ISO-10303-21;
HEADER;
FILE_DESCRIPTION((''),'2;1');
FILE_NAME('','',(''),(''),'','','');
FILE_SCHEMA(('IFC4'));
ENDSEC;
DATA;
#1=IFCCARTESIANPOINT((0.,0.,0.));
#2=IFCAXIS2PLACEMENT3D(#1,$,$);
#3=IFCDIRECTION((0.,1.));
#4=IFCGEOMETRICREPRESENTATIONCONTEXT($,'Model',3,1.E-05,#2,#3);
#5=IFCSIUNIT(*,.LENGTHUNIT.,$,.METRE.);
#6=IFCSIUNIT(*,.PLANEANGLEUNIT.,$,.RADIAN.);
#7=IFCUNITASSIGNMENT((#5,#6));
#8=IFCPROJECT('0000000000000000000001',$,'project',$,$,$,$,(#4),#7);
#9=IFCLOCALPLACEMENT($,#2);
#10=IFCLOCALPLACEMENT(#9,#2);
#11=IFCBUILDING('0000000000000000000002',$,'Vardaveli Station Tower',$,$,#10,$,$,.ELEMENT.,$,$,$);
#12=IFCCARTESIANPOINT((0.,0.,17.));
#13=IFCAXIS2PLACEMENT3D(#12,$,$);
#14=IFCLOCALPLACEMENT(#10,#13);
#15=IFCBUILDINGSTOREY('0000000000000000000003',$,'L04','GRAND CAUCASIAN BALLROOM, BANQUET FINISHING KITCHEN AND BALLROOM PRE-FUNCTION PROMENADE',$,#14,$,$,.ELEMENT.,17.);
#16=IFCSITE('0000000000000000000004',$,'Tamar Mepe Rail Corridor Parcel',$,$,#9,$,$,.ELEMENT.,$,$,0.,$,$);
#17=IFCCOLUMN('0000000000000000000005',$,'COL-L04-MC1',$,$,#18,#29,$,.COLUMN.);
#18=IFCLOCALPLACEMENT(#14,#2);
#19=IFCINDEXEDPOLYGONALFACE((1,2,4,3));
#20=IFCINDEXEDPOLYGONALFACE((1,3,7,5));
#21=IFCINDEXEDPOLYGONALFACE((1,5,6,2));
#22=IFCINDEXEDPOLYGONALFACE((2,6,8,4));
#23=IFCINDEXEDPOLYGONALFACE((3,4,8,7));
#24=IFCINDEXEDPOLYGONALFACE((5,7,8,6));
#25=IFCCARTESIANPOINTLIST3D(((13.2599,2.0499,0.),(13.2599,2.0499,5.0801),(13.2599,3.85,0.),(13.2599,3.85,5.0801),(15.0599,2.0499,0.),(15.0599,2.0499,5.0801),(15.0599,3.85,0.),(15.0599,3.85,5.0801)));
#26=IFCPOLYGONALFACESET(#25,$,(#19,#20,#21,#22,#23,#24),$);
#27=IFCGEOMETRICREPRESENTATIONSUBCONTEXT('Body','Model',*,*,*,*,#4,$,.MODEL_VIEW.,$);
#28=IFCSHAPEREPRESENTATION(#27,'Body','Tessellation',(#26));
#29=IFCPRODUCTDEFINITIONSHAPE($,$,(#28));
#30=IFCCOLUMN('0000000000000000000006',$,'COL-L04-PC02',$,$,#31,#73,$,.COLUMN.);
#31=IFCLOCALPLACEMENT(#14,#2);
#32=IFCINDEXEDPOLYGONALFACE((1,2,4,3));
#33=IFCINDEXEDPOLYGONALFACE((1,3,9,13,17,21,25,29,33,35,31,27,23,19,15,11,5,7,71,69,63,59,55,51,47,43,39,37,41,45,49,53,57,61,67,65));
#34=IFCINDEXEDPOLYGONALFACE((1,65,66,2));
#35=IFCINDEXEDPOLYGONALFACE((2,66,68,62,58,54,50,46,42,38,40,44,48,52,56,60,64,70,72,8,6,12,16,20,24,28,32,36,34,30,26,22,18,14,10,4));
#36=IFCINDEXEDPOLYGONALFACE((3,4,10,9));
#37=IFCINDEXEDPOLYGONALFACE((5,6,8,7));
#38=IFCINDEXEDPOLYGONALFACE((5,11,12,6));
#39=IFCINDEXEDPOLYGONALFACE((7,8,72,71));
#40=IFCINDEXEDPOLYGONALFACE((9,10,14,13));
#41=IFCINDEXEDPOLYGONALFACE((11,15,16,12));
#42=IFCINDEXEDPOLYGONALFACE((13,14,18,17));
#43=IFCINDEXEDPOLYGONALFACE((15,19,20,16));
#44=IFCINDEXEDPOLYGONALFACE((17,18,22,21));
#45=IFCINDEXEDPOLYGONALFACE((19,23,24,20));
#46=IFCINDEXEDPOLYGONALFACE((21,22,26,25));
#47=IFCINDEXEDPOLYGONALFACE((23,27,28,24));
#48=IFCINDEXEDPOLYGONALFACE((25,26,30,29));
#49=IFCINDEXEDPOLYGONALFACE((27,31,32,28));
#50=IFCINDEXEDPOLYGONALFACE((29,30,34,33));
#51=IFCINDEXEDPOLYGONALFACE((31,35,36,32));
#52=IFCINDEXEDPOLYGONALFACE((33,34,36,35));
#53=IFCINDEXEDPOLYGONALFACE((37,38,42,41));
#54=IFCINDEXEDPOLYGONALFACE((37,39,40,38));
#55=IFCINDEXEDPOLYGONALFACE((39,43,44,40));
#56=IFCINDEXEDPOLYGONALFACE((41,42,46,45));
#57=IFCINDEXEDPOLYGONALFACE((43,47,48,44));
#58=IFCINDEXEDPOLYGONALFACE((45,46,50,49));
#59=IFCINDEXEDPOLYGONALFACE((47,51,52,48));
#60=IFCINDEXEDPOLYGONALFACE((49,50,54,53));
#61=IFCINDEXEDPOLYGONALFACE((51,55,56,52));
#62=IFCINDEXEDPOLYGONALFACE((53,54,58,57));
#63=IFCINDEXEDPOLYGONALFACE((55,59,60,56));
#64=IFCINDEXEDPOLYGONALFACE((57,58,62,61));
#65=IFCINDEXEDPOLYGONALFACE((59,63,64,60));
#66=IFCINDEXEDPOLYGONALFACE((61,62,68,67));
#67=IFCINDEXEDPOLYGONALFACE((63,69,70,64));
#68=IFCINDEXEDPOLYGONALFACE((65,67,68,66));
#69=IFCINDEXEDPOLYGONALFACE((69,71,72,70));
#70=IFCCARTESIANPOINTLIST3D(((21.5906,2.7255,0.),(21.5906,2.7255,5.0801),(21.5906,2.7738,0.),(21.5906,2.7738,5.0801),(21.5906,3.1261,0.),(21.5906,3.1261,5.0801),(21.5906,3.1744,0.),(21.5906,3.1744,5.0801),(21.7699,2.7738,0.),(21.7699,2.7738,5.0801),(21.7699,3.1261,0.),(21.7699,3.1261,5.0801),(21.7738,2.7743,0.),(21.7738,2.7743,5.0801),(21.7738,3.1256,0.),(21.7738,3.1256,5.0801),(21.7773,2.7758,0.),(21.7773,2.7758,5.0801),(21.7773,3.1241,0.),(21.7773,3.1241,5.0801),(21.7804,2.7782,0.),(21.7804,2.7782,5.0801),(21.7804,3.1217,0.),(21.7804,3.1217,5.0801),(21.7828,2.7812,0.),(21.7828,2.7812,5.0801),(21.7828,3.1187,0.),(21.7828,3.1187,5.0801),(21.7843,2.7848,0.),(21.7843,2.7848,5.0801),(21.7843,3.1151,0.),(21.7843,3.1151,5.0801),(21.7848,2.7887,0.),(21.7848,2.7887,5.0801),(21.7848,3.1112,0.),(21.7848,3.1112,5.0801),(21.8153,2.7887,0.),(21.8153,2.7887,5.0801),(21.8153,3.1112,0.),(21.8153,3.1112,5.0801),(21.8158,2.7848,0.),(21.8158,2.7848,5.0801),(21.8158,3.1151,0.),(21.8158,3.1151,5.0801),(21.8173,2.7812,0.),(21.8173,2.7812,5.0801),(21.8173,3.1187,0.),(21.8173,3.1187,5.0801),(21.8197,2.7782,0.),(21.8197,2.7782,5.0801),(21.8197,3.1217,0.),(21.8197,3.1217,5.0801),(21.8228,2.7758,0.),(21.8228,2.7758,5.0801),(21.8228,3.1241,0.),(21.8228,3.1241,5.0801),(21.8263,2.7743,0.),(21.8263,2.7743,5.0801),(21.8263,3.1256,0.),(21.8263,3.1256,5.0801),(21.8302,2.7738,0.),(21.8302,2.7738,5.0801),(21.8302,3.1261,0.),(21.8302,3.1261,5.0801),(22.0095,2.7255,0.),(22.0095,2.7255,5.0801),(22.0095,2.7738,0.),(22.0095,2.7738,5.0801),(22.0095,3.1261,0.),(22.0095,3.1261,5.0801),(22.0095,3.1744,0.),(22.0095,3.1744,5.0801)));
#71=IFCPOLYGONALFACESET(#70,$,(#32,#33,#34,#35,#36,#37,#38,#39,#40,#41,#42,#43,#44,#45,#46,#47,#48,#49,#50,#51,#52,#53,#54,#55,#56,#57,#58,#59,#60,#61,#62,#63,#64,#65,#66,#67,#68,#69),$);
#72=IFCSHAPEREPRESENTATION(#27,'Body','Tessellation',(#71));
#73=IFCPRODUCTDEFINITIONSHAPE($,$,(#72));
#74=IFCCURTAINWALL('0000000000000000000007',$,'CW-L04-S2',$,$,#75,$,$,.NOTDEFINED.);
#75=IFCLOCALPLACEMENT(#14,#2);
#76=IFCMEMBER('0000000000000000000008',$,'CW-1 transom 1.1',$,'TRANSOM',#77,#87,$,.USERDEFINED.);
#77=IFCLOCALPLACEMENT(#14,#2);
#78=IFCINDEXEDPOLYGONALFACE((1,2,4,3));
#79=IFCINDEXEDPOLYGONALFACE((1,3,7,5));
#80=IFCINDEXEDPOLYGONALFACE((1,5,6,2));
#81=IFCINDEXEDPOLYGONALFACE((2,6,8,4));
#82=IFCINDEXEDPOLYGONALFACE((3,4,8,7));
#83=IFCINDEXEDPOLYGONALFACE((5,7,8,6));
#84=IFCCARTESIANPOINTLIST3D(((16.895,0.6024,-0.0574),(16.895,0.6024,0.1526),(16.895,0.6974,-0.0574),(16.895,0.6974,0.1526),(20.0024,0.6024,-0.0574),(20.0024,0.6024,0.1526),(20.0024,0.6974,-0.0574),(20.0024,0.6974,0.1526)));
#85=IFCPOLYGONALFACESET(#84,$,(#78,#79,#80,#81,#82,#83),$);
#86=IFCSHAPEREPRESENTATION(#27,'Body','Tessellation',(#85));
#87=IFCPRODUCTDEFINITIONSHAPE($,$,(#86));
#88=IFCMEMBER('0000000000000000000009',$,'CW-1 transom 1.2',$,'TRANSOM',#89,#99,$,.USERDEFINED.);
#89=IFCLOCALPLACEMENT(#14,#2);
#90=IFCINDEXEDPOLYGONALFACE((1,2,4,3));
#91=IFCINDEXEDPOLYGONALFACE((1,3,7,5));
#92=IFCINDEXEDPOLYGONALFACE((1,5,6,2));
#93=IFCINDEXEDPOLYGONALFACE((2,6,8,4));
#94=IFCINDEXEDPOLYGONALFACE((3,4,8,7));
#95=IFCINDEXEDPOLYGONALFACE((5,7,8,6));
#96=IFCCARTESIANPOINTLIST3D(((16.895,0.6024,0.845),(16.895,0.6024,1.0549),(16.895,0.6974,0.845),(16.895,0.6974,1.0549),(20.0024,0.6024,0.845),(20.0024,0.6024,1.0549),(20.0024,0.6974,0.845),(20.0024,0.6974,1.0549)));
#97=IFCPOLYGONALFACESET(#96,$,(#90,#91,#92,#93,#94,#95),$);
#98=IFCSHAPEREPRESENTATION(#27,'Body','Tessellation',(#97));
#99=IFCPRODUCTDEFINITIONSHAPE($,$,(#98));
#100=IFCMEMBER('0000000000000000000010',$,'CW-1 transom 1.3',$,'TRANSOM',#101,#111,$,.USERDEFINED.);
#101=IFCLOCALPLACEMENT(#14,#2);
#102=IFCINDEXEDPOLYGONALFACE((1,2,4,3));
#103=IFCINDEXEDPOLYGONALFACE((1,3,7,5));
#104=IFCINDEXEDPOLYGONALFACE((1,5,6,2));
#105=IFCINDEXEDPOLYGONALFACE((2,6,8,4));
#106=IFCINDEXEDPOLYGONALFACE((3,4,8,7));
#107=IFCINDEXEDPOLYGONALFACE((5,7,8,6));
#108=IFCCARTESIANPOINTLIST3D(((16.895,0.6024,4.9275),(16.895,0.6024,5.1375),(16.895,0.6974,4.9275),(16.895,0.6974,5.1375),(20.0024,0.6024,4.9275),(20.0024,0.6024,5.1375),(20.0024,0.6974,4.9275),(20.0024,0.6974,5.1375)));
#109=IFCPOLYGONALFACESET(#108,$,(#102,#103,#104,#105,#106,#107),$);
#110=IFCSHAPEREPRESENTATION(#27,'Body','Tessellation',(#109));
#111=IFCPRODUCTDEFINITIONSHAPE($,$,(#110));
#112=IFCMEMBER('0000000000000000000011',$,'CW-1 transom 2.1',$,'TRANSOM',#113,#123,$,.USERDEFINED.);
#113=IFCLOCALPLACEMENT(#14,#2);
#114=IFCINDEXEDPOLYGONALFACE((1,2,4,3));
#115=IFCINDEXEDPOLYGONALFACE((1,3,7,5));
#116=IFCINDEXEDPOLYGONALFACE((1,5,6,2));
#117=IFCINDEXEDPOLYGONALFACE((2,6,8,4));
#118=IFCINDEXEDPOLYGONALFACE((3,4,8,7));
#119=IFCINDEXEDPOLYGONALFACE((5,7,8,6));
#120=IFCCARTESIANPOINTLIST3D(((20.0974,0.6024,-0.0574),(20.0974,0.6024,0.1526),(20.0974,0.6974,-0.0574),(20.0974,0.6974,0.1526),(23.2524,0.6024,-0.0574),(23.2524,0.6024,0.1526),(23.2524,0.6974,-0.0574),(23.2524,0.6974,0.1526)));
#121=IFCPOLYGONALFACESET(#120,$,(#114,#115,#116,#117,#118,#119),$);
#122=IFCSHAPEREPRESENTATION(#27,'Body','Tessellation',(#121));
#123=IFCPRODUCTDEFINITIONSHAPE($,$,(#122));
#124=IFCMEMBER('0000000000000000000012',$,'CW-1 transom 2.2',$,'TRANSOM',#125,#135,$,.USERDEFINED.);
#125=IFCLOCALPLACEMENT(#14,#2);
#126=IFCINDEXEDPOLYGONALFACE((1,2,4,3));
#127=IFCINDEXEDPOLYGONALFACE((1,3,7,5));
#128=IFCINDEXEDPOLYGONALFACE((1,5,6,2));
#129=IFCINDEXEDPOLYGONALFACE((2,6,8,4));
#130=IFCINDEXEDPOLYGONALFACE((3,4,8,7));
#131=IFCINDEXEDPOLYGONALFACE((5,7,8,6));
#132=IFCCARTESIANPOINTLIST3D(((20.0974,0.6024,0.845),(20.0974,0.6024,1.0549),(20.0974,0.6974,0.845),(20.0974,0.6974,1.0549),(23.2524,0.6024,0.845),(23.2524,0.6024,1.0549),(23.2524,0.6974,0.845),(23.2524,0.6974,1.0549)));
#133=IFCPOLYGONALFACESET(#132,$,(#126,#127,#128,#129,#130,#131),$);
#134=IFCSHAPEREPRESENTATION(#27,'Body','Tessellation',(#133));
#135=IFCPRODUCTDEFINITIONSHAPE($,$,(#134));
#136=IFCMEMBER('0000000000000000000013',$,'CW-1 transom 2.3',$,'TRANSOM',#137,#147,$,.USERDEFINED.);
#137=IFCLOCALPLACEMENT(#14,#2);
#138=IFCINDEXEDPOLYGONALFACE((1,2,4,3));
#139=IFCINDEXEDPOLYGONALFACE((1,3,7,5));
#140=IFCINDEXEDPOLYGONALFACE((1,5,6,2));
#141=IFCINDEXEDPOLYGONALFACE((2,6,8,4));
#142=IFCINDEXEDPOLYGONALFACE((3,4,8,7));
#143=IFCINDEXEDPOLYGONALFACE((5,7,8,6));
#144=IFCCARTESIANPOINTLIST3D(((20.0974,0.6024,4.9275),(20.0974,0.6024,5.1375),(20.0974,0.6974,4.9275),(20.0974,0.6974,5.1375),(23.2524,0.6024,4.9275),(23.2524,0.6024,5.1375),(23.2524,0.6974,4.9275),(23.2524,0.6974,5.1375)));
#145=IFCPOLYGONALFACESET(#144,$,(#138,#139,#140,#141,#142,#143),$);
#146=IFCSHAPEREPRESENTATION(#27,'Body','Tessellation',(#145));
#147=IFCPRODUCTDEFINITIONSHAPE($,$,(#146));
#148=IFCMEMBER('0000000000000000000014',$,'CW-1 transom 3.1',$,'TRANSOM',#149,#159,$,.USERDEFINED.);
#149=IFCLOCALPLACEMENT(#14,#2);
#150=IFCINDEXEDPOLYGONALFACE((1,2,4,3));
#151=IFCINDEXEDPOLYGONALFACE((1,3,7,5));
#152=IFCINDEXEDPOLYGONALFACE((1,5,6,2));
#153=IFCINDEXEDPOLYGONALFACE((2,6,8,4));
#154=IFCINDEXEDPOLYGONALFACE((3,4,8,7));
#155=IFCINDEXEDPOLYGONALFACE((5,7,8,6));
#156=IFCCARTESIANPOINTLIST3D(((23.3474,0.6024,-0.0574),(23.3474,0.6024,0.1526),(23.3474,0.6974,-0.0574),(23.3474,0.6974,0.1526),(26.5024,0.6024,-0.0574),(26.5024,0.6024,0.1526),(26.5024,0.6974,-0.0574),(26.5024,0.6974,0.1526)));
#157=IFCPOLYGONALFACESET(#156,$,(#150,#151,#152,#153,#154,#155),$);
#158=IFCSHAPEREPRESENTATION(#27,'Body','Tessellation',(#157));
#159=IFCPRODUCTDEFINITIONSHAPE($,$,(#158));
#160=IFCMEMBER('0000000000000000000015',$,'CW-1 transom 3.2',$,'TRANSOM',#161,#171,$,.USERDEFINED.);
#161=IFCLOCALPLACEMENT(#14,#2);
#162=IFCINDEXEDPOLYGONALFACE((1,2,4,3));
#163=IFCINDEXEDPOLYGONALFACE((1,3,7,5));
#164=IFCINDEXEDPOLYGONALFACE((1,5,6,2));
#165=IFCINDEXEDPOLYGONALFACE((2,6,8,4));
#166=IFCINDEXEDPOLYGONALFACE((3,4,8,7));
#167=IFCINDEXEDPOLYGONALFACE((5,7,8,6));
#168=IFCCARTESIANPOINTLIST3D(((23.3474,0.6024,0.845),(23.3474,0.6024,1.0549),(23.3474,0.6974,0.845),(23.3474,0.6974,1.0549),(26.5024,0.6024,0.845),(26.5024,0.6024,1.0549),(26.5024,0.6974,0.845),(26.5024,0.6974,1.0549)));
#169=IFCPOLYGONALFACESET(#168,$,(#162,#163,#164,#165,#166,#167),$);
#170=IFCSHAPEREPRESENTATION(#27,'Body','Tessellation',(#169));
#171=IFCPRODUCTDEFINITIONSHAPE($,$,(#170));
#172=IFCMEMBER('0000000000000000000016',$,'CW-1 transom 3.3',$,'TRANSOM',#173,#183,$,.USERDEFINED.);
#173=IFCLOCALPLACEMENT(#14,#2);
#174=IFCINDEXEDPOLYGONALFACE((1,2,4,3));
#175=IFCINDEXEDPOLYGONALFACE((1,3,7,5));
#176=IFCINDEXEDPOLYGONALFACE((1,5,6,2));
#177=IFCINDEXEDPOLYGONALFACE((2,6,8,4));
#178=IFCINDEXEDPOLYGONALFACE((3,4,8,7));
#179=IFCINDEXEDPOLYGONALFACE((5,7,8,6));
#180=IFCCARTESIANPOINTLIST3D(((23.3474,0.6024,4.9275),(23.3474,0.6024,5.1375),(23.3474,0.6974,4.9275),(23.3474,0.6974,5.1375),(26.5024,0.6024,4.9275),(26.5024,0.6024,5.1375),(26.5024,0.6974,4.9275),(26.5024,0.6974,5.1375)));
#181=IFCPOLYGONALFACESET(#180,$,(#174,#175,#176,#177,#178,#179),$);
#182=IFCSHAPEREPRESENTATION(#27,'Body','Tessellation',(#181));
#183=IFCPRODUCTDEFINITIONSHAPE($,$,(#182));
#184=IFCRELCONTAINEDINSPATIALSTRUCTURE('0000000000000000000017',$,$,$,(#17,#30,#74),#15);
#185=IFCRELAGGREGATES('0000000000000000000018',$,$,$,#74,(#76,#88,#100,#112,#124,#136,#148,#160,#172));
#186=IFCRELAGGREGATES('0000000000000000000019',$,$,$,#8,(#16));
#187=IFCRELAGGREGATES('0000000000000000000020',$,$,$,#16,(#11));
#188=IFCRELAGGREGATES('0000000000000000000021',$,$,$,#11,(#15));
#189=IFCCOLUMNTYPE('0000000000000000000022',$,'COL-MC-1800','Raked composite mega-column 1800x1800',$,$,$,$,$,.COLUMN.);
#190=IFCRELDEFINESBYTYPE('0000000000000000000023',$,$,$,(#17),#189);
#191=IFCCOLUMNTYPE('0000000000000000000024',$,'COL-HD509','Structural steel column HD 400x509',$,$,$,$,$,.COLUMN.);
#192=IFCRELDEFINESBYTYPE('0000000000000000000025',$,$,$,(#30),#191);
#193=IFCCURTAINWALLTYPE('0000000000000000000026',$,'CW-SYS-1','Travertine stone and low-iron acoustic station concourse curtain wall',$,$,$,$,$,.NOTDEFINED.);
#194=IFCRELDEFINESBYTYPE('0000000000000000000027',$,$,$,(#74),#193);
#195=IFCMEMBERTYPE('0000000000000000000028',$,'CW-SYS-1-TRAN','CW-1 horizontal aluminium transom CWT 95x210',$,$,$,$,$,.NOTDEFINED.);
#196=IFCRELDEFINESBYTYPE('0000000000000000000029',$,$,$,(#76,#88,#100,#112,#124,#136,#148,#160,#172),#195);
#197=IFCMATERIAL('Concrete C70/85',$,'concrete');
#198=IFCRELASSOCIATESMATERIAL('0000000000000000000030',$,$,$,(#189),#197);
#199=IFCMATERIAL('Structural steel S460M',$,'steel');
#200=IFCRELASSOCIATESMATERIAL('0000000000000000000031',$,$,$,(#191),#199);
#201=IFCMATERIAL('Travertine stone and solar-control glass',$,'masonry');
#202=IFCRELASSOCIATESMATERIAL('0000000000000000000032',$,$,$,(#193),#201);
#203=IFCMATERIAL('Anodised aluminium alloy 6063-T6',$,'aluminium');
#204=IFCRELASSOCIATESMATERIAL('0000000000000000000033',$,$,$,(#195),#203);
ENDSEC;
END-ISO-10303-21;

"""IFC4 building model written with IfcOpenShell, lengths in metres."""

from ifc_helpers import new_model, si_unit, direction, frame, origin, origin_2d, place, context, subcontext, project, spatial, rectangle, i_section, extrude, source, transform, mapped, material, material_profile, profile_set, type_object, element, aggregate, save


model = new_model("IFC4")

# Units and contexts
model_context = context("Model", 3, precision=1e-05, world=origin(), true_north=direction((0.0, 1.0)))
body_context = subcontext(model_context, "Body", "Model", "MODEL_VIEW")
ifc_project = project(units=[si_unit("LENGTHUNIT", "METRE"), si_unit("PLANEANGLEUNIT", "RADIAN")], contexts=[model_context])

# Site, building, storey
site_placement = place(None, origin())
site = spatial("IfcSite", under=ifc_project, at=site_placement, Name="Tamar Mepe Rail Corridor Parcel", CompositionType="ELEMENT", RefElevation=0.0)
building_placement = place(site_placement, origin())
building = spatial("IfcBuilding", under=site, at=building_placement, Name="Vardaveli Station Tower", CompositionType="ELEMENT")
storey_placement = place(building_placement, frame((0.0, 0.0, 17.0)))
storey = spatial("IfcBuildingStorey", under=building, at=storey_placement, Name="L04", Description="GRAND CAUCASIAN BALLROOM, BANQUET FINISHING KITCHEN AND BALLROOM PRE-FUNCTION PROMENADE", CompositionType="ELEMENT", Elevation=17.0)

# Columns
ifc_material_1 = material(Name="Concrete C70/85", Category="concrete")
ifc_material_profile_1 = material_profile(ifc_material_1, rectangle(XDim=1.8, YDim=1.8, at=origin_2d()), Name="MC 1800x1800")
ifc_profile_set_1 = profile_set([ifc_material_profile_1], Name="Concrete C70/85")
column_type_1 = type_object("IfcColumnType", Name="COL-MC-1800", Description="Raked composite mega-column 1800x1800", PredefinedType="COLUMN", material=ifc_profile_set_1)
shared_shape_1 = source(origin(), body_context, "Body", "SweptSolid", [
    extrude(rectangle(XDim=1.8, YDim=1.8, at=origin_2d()), origin(), (0.0, 0.0, 1.0), 5.0801),
])
column_1_placement = place(storey_placement, frame((14.1599, 2.95, 0.0), z_axis=(0.0, 0.0, 1.0), x_axis=(1.0, 0.0, 0.0)))
element("IfcColumn", 1, at=column_1_placement, inside=storey, type_object=column_type_1, Name="COL-L04-MC1", PredefinedType="COLUMN", context=body_context, shape_type="MappedRepresentation", body=[
    mapped(shared_shape_1, transform((0.0, 0.0, 0.0), scale=1.0)),
])
ifc_material_2 = material(Name="Structural steel S460M", Category="steel")
ifc_material_profile_2 = material_profile(ifc_material_2, i_section(OverallWidth=0.4189, OverallDepth=0.449, WebThickness=0.0305, FlangeThickness=0.0483, FilletRadius=0.0149, at=origin_2d()), Name="HD 400x509")
ifc_profile_set_2 = profile_set([ifc_material_profile_2], Name="Structural steel S460M")
column_type_2 = type_object("IfcColumnType", Name="COL-HD509", Description="Structural steel column HD 400x509", PredefinedType="COLUMN", material=ifc_profile_set_2)
shared_shape_2 = source(origin(), body_context, "Body", "SweptSolid", [
    extrude(i_section(OverallWidth=0.4189, OverallDepth=0.449, WebThickness=0.0305, FlangeThickness=0.0483, FilletRadius=0.0149, at=origin_2d()), origin(), (0.0, 0.0, 1.0), 5.0801),
])
column_2_placement = place(storey_placement, frame((21.8, 2.95, 0.0), z_axis=(0.0, 0.0, 1.0), x_axis=(1.0, 0.0, 0.0)))
element("IfcColumn", 2, at=column_2_placement, inside=storey, type_object=column_type_2, Name="COL-L04-PC02", PredefinedType="COLUMN", context=body_context, shape_type="MappedRepresentation", body=[
    mapped(shared_shape_2, transform((0.0, 0.0, 0.0), scale=1.0)),
])

# Curtain wall, members
ifc_material_3 = material(Name="Travertine stone and solar-control glass", Category="masonry")
curtain_wall_type = type_object("IfcCurtainWallType", Name="CW-SYS-1", Description="Travertine stone and low-iron acoustic station concourse curtain wall", PredefinedType="NOTDEFINED", material=ifc_material_3)
curtain_wall_placement = place(storey_placement, origin())
curtain_wall = element("IfcCurtainWall", 3, at=curtain_wall_placement, inside=storey, type_object=curtain_wall_type, Name="CW-L04-S2", PredefinedType="NOTDEFINED")
ifc_material_4 = material(Name="Anodised aluminium alloy 6063-T6", Category="aluminium")
ifc_material_profile_3 = material_profile(ifc_material_4, rectangle(XDim=0.095, YDim=0.21, at=origin_2d()), Name="CWT 95x210")
ifc_profile_set_3 = profile_set([ifc_material_profile_3], Name="Anodised aluminium alloy 6063-T6")
member_type_1 = type_object("IfcMemberType", Name="CW-SYS-1-TRAN", Description="CW-1 horizontal aluminium transom CWT 95x210", PredefinedType="NOTDEFINED", material=ifc_profile_set_3)
shared_shape_3 = source(origin(), body_context, "Body", "SweptSolid", [
    extrude(rectangle(XDim=0.095, YDim=0.21, at=origin_2d()), origin(), (0.0, 0.0, 1.0), 3.1074),
])
member_1_placement = place(storey_placement, frame((16.895, 0.6499, 0.0476), z_axis=(1.0, 0.0, 0.0), x_axis=(0.0, 1.0, 0.0)))
member_1 = element("IfcMember", 4, at=member_1_placement, type_object=member_type_1, Name="CW-1 transom 1.1", ObjectType="TRANSOM", PredefinedType="USERDEFINED", context=body_context, shape_type="MappedRepresentation", body=[
    mapped(shared_shape_3, transform((0.0, 0.0, 0.0), scale=1.0)),
])
member_2_placement = place(storey_placement, frame((16.895, 0.6499, 0.95), z_axis=(1.0, 0.0, 0.0), x_axis=(0.0, 1.0, 0.0)))
member_2 = element("IfcMember", 5, at=member_2_placement, type_object=member_type_1, Name="CW-1 transom 1.2", ObjectType="TRANSOM", PredefinedType="USERDEFINED", context=body_context, shape_type="MappedRepresentation", body=[
    mapped(shared_shape_3, transform((0.0, 0.0, 0.0), scale=1.0)),
])
member_3_placement = place(storey_placement, frame((16.895, 0.6499, 5.0325), z_axis=(1.0, 0.0, 0.0), x_axis=(0.0, 1.0, 0.0)))
member_3 = element("IfcMember", 6, at=member_3_placement, type_object=member_type_1, Name="CW-1 transom 1.3", ObjectType="TRANSOM", PredefinedType="USERDEFINED", context=body_context, shape_type="MappedRepresentation", body=[
    mapped(shared_shape_3, transform((0.0, 0.0, 0.0), scale=1.0)),
])
shared_shape_4 = source(origin(), body_context, "Body", "SweptSolid", [
    extrude(rectangle(XDim=0.095, YDim=0.21, at=origin_2d()), origin(), (0.0, 0.0, 1.0), 3.155),
])
member_4_placement = place(storey_placement, frame((20.0974, 0.6499, 0.0476), z_axis=(1.0, 0.0, 0.0), x_axis=(0.0, 1.0, 0.0)))
member_4 = element("IfcMember", 7, at=member_4_placement, type_object=member_type_1, Name="CW-1 transom 2.1", ObjectType="TRANSOM", PredefinedType="USERDEFINED", context=body_context, shape_type="MappedRepresentation", body=[
    mapped(shared_shape_4, transform((0.0, 0.0, 0.0), scale=1.0)),
])
member_5_placement = place(storey_placement, frame((20.0974, 0.6499, 0.95), z_axis=(1.0, 0.0, 0.0), x_axis=(0.0, 1.0, 0.0)))
member_5 = element("IfcMember", 8, at=member_5_placement, type_object=member_type_1, Name="CW-1 transom 2.2", ObjectType="TRANSOM", PredefinedType="USERDEFINED", context=body_context, shape_type="MappedRepresentation", body=[
    mapped(shared_shape_4, transform((0.0, 0.0, 0.0), scale=1.0)),
])
member_6_placement = place(storey_placement, frame((20.0974, 0.6499, 5.0325), z_axis=(1.0, 0.0, 0.0), x_axis=(0.0, 1.0, 0.0)))
member_6 = element("IfcMember", 9, at=member_6_placement, type_object=member_type_1, Name="CW-1 transom 2.3", ObjectType="TRANSOM", PredefinedType="USERDEFINED", context=body_context, shape_type="MappedRepresentation", body=[
    mapped(shared_shape_4, transform((0.0, 0.0, 0.0), scale=1.0)),
])
member_7_placement = place(storey_placement, frame((23.3474, 0.6499, 0.0476), z_axis=(1.0, 0.0, 0.0), x_axis=(0.0, 1.0, 0.0)))
member_7 = element("IfcMember", 10, at=member_7_placement, type_object=member_type_1, Name="CW-1 transom 3.1", ObjectType="TRANSOM", PredefinedType="USERDEFINED", context=body_context, shape_type="MappedRepresentation", body=[
    mapped(shared_shape_4, transform((0.0, 0.0, 0.0), scale=1.0)),
])
member_8_placement = place(storey_placement, frame((23.3474, 0.6499, 0.95), z_axis=(1.0, 0.0, 0.0), x_axis=(0.0, 1.0, 0.0)))
member_8 = element("IfcMember", 11, at=member_8_placement, type_object=member_type_1, Name="CW-1 transom 3.2", ObjectType="TRANSOM", PredefinedType="USERDEFINED", context=body_context, shape_type="MappedRepresentation", body=[
    mapped(shared_shape_4, transform((0.0, 0.0, 0.0), scale=1.0)),
])
member_9_placement = place(storey_placement, frame((23.3474, 0.6499, 5.0325), z_axis=(1.0, 0.0, 0.0), x_axis=(0.0, 1.0, 0.0)))
member_9 = element("IfcMember", 12, at=member_9_placement, type_object=member_type_1, Name="CW-1 transom 3.3", ObjectType="TRANSOM", PredefinedType="USERDEFINED", context=body_context, shape_type="MappedRepresentation", body=[
    mapped(shared_shape_4, transform((0.0, 0.0, 0.0), scale=1.0)),
])
aggregate(curtain_wall, [member_1, member_2, member_3, member_4, member_5, member_6, member_7, member_8, member_9])

save(model, "model.ifc")
